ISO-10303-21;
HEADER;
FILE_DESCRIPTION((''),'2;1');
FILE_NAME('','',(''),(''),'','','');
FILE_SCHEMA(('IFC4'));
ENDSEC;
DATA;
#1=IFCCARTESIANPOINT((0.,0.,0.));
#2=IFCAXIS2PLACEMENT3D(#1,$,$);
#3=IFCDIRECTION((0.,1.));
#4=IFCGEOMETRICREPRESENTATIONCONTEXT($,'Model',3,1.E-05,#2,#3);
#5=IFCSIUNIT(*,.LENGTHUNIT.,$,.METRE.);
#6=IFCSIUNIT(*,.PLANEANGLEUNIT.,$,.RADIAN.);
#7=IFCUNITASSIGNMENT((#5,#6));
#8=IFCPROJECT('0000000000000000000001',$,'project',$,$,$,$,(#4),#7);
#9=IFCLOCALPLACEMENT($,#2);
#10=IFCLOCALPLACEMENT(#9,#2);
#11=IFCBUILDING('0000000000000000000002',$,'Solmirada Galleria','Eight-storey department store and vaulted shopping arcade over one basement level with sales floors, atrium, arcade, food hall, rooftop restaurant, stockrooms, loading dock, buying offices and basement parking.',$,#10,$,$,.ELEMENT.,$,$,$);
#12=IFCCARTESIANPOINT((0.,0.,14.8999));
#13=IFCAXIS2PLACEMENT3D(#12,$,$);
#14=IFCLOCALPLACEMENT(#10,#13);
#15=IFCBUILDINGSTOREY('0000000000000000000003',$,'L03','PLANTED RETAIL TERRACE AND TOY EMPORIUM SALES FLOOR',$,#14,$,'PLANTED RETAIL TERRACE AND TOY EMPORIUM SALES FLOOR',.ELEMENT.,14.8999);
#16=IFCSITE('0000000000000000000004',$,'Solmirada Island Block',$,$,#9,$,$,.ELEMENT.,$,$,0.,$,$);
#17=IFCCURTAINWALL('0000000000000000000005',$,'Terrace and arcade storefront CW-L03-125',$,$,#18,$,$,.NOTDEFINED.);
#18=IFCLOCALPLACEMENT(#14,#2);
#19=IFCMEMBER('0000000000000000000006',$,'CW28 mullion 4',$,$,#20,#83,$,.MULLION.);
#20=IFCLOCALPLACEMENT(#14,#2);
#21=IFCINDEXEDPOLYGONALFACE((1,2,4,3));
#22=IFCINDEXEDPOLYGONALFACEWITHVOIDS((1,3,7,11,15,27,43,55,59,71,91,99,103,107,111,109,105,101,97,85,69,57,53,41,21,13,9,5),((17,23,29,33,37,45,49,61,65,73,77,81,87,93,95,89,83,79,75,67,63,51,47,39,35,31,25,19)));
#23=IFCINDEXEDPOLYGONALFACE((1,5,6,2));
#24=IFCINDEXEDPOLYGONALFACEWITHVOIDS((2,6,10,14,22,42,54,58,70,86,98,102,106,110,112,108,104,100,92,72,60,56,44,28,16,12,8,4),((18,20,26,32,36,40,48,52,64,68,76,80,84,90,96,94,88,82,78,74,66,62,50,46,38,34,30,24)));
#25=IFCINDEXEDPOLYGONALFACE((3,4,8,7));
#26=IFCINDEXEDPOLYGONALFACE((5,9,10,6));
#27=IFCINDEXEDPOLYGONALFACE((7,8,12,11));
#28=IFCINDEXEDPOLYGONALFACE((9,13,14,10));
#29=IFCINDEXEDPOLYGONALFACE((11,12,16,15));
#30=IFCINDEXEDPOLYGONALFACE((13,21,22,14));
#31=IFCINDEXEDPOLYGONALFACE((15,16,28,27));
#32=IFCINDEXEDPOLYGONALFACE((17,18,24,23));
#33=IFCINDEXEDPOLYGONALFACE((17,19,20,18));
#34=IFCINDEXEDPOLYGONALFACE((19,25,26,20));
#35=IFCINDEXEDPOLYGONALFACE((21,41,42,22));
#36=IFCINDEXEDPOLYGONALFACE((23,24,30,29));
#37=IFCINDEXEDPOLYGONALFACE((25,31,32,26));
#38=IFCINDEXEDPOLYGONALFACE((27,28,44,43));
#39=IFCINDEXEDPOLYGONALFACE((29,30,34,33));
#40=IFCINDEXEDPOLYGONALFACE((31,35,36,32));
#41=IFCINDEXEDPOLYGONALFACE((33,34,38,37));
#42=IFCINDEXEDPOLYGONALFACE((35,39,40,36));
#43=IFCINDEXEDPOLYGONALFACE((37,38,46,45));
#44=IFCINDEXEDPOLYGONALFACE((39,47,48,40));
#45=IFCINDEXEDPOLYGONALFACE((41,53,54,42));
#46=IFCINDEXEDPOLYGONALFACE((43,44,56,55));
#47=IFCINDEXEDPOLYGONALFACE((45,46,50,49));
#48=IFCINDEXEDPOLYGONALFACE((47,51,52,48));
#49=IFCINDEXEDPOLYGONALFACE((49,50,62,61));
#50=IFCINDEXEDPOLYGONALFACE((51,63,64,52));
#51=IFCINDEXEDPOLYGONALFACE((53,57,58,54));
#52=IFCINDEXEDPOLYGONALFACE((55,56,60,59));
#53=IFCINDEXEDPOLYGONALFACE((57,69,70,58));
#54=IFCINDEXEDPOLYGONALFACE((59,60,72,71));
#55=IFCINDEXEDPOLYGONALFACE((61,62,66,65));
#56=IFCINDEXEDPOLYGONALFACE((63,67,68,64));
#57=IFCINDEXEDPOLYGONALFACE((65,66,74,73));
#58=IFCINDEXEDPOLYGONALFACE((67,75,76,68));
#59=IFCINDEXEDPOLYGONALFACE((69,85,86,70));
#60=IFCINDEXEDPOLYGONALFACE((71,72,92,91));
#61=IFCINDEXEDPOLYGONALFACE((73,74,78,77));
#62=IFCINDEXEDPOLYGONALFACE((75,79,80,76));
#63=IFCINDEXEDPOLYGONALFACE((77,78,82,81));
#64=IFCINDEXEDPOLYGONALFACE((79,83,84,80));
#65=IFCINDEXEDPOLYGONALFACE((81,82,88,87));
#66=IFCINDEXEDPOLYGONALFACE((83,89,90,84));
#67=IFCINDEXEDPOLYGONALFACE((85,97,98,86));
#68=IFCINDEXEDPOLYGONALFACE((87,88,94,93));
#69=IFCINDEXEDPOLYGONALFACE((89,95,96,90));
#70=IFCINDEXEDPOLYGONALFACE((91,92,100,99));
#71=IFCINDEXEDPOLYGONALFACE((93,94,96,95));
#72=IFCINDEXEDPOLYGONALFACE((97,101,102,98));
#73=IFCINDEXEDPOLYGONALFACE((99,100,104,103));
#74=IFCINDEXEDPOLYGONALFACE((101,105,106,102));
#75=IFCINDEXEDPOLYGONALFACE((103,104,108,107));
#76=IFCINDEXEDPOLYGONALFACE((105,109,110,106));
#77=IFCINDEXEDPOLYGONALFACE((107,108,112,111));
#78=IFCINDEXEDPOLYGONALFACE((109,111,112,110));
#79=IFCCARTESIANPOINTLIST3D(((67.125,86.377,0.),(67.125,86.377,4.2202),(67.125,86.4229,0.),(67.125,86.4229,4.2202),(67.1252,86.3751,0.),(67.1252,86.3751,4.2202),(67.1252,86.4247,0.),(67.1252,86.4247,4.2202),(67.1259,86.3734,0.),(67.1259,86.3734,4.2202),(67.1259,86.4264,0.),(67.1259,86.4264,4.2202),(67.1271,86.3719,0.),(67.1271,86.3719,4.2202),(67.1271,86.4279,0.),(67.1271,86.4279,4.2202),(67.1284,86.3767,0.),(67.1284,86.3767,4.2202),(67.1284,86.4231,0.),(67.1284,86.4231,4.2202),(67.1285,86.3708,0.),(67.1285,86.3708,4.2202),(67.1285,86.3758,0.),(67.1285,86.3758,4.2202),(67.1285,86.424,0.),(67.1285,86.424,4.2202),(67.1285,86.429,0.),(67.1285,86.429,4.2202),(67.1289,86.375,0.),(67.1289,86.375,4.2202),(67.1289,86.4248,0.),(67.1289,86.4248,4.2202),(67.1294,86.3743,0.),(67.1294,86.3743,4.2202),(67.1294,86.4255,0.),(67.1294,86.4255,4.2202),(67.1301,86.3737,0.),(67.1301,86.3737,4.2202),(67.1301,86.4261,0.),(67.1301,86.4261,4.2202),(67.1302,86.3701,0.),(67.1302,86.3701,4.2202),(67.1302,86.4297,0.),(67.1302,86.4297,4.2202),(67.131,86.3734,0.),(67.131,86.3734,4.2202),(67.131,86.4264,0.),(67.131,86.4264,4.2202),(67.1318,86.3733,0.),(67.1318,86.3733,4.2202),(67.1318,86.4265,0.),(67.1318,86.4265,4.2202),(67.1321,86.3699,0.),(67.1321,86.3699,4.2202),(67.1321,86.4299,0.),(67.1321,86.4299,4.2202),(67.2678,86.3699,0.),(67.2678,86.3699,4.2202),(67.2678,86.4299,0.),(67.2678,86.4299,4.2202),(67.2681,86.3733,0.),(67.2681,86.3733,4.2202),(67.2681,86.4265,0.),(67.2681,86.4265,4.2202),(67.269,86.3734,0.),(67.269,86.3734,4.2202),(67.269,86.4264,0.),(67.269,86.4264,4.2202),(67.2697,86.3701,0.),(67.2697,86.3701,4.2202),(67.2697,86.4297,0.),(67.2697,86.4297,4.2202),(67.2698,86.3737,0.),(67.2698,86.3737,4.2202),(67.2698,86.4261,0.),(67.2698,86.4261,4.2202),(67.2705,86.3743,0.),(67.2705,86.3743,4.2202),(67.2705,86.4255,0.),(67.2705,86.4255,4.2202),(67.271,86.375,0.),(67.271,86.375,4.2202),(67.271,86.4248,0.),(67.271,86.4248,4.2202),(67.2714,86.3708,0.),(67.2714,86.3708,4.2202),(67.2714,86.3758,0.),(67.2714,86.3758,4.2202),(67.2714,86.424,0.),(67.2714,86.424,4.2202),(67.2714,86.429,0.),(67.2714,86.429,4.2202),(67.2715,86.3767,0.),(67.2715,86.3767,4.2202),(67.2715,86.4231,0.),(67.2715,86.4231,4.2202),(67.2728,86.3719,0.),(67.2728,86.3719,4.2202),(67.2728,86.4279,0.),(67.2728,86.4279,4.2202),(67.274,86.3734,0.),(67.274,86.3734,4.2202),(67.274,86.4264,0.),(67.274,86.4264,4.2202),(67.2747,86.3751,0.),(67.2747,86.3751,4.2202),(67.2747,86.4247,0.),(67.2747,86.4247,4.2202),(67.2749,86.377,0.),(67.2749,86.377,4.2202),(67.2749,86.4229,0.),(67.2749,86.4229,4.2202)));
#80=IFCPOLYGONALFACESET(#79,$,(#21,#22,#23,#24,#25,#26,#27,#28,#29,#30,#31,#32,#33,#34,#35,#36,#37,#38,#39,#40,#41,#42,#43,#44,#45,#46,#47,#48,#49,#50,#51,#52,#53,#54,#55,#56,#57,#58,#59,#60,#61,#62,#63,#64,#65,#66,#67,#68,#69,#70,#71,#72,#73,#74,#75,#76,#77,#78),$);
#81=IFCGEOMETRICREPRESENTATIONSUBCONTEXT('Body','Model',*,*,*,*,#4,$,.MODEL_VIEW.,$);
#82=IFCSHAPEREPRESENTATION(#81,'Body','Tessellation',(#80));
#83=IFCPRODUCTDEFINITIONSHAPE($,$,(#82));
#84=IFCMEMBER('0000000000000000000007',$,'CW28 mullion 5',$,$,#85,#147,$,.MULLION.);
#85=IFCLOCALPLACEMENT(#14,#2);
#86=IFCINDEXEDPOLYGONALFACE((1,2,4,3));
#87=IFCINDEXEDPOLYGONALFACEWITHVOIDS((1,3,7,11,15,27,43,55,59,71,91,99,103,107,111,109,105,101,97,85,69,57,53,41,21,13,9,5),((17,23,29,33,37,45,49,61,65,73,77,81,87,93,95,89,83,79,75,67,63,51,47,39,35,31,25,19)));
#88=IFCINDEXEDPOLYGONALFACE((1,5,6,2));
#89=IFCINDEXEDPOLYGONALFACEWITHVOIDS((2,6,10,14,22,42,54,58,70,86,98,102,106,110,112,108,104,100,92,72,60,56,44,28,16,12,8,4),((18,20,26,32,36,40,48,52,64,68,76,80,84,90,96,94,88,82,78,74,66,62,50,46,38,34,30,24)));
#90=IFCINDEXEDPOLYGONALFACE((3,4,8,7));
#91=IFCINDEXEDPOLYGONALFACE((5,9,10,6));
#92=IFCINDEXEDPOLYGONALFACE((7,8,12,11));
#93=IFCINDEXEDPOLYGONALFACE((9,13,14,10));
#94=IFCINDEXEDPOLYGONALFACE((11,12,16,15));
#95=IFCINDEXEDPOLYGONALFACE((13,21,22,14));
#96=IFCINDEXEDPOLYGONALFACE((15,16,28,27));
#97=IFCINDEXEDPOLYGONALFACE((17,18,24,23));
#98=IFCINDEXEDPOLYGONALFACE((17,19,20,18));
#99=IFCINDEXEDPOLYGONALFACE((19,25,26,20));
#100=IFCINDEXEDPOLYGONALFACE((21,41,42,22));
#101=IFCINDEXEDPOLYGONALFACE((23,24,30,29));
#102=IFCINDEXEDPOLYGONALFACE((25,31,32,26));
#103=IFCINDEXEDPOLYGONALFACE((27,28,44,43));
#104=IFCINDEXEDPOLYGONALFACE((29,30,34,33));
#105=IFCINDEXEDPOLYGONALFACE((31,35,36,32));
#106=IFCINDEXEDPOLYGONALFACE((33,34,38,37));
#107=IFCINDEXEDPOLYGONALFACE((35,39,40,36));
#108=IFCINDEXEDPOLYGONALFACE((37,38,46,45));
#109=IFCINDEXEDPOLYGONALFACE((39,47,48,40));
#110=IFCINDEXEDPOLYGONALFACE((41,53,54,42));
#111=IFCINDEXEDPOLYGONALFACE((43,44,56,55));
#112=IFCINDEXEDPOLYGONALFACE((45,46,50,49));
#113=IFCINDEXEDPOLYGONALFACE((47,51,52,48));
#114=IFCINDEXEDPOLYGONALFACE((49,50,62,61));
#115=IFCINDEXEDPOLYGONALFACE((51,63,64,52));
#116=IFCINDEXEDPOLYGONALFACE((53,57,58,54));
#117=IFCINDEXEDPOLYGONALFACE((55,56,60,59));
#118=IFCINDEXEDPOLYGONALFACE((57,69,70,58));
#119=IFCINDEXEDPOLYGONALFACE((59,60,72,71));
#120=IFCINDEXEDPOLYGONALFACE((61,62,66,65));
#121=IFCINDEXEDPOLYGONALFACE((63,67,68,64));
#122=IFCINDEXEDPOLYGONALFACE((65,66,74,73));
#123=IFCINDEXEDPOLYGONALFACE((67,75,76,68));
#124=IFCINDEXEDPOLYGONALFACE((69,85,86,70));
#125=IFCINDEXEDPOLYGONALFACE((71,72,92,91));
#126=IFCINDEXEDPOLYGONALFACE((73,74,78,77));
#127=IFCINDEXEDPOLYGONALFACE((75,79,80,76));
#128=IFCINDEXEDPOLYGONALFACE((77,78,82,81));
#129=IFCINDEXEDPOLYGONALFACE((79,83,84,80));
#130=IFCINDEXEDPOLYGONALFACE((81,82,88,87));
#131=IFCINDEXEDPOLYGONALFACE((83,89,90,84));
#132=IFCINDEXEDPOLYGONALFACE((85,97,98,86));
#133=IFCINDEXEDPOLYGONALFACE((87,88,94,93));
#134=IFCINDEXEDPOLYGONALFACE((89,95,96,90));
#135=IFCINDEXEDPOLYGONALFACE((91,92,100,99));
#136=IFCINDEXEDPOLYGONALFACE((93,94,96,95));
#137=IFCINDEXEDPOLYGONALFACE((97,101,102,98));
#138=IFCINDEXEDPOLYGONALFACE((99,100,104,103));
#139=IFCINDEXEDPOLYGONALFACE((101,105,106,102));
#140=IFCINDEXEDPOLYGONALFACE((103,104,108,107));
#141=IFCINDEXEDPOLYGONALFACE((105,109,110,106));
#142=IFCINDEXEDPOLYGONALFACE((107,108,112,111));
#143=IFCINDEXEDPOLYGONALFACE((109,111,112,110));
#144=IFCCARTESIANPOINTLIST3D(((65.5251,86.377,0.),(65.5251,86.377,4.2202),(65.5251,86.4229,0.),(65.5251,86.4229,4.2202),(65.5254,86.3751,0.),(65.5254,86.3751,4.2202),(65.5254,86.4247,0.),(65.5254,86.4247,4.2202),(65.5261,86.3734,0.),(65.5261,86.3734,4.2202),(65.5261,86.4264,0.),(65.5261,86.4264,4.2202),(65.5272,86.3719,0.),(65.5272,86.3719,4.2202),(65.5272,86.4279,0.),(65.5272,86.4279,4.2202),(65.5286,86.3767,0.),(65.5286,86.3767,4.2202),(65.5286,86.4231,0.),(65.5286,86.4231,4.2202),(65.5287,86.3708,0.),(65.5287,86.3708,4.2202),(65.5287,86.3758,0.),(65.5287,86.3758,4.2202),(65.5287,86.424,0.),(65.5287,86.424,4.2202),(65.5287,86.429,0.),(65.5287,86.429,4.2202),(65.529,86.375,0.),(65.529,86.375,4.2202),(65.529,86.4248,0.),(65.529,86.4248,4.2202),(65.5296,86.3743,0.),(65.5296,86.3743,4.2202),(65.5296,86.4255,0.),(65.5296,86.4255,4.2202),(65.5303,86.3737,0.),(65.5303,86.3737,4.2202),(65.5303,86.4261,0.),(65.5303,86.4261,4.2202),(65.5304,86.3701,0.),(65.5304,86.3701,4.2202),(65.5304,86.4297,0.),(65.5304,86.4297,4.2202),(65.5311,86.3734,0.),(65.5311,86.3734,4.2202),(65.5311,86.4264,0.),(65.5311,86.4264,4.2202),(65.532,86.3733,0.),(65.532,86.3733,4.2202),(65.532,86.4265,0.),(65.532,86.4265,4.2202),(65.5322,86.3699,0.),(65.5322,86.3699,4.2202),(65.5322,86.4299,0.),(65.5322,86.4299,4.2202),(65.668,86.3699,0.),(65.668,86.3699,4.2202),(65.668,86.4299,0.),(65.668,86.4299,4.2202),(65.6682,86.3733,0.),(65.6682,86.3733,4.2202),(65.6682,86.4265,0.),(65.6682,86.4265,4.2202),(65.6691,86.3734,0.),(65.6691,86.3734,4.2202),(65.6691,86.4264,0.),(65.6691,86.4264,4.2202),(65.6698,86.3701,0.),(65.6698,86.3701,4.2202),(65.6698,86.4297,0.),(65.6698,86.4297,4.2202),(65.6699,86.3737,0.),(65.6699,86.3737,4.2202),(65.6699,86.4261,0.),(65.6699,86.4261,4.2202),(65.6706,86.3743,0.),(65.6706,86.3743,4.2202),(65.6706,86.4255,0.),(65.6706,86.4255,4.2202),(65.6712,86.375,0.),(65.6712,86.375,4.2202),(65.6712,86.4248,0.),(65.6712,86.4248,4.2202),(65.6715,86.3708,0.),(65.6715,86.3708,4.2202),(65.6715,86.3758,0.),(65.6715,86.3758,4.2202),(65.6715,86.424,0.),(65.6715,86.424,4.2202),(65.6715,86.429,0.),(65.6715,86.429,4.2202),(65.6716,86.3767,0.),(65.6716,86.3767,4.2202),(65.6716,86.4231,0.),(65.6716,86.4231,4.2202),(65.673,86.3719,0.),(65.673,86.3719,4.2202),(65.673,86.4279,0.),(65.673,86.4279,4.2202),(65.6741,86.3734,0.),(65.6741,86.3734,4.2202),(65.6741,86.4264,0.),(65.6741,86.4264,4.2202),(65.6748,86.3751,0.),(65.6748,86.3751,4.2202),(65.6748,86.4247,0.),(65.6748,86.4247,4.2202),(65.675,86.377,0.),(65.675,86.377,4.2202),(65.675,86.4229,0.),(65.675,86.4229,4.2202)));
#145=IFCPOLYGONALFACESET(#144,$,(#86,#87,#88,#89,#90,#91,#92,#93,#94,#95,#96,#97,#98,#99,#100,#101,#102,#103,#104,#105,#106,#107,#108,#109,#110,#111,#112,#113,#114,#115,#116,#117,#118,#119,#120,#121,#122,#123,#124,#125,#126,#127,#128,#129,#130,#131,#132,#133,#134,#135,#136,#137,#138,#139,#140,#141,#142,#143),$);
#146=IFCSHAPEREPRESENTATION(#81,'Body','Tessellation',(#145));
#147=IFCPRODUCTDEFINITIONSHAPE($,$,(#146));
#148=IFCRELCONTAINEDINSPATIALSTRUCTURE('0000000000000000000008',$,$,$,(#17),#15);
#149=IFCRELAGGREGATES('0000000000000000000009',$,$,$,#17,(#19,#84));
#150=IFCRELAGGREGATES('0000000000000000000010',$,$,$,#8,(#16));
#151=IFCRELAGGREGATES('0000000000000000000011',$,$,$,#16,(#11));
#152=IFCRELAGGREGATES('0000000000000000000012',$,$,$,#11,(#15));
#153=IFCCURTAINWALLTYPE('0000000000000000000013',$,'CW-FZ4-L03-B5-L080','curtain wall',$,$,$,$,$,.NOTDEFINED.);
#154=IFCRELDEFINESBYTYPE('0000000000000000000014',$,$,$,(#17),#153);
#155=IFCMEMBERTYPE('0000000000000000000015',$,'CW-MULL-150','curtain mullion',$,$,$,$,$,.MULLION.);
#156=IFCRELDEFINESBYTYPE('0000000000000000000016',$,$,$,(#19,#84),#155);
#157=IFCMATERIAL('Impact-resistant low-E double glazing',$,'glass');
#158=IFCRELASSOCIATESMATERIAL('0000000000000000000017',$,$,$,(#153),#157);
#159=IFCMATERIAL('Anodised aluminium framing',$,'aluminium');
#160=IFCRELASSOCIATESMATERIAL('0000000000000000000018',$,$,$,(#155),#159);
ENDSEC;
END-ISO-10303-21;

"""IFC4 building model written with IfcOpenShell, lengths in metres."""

from ifc_helpers import new_model, si_unit, direction, frame, origin, origin_2d, place, context, subcontext, project, spatial, hollow_rectangle, extrude, material, material_profile, profile_set, type_object, element, aggregate, save


model = new_model("IFC4")

# Units and contexts
model_context = context("Model", 3, precision=1e-05, world=origin(), true_north=direction((0.0, 1.0)))
body_context = subcontext(model_context, "Body", "Model", "MODEL_VIEW")
ifc_project = project(units=[si_unit("LENGTHUNIT", "METRE"), si_unit("PLANEANGLEUNIT", "RADIAN")], contexts=[model_context])

# Site, building, storey
site_placement = place(None, origin())
site = spatial("IfcSite", under=ifc_project, at=site_placement, Name="Solmirada Island Block", CompositionType="ELEMENT", RefElevation=0.0)
building_placement = place(site_placement, origin())
building = spatial("IfcBuilding", under=site, at=building_placement, Name="Solmirada Galleria", Description="Eight-storey department store and vaulted shopping arcade over one basement level with sales floors, atrium, arcade, food hall, rooftop restaurant, stockrooms, loading dock, buying offices and basement parking.", CompositionType="ELEMENT")
storey_placement = place(building_placement, frame((0.0, 0.0, 14.8999)))
storey = spatial("IfcBuildingStorey", under=building, at=storey_placement, Name="L03", Description="PLANTED RETAIL TERRACE AND TOY EMPORIUM SALES FLOOR", LongName="PLANTED RETAIL TERRACE AND TOY EMPORIUM SALES FLOOR", CompositionType="ELEMENT", Elevation=14.8999)

# Curtain wall, members
ifc_material_1 = material(Name="Impact-resistant low-E double glazing", Category="glass")
curtain_wall_type = type_object("IfcCurtainWallType", Name="CW-FZ4-L03-B5-L080", Description="curtain wall", PredefinedType="NOTDEFINED", material=ifc_material_1)
curtain_wall_placement = place(storey_placement, origin())
curtain_wall = element("IfcCurtainWall", 1, at=curtain_wall_placement, inside=storey, type_object=curtain_wall_type, Name="Terrace and arcade storefront CW-L03-125", PredefinedType="NOTDEFINED")
ifc_material_2 = material(Name="Anodised aluminium framing", Category="aluminium")
ifc_material_profile_1 = material_profile(ifc_material_2, hollow_rectangle(XDim=0.0601, YDim=0.1499, WallThickness=0.0034, InnerFilletRadius=0.0034, OuterFilletRadius=0.0071, at=origin_2d()), Name="ALU-MULL-150X60")
ifc_profile_set_1 = profile_set([ifc_material_profile_1], Name="Anodised aluminium framing")
member_type_1 = type_object("IfcMemberType", Name="CW-MULL-150", Description="curtain mullion", PredefinedType="MULLION", material=ifc_profile_set_1)
member_1_placement = place(storey_placement, frame((67.2, 86.3999, 0.0), z_axis=(0.0, 0.0, 1.0), x_axis=(0.0, -1.0, 0.0)))
member_1 = element("IfcMember", 2, at=member_1_placement, type_object=member_type_1, Name="CW28 mullion 4", PredefinedType="MULLION", context=body_context, shape_type="SweptSolid", body=[
    extrude(hollow_rectangle(XDim=0.0601, YDim=0.1499, WallThickness=0.0034, InnerFilletRadius=0.0034, OuterFilletRadius=0.0071, at=origin_2d()), origin(), (0.0, 0.0, 1.0), 4.2202),
])
member_2_placement = place(storey_placement, frame((65.6001, 86.3999, 0.0), z_axis=(0.0, 0.0, 1.0), x_axis=(0.0, -1.0, 0.0)))
member_2 = element("IfcMember", 3, at=member_2_placement, type_object=member_type_1, Name="CW28 mullion 5", PredefinedType="MULLION", context=body_context, shape_type="SweptSolid", body=[
    extrude(hollow_rectangle(XDim=0.0601, YDim=0.1499, WallThickness=0.0034, InnerFilletRadius=0.0034, OuterFilletRadius=0.0071, at=origin_2d()), origin(), (0.0, 0.0, 1.0), 4.2202),
])
aggregate(curtain_wall, [member_1, member_2])

save(model, "model.ifc")
